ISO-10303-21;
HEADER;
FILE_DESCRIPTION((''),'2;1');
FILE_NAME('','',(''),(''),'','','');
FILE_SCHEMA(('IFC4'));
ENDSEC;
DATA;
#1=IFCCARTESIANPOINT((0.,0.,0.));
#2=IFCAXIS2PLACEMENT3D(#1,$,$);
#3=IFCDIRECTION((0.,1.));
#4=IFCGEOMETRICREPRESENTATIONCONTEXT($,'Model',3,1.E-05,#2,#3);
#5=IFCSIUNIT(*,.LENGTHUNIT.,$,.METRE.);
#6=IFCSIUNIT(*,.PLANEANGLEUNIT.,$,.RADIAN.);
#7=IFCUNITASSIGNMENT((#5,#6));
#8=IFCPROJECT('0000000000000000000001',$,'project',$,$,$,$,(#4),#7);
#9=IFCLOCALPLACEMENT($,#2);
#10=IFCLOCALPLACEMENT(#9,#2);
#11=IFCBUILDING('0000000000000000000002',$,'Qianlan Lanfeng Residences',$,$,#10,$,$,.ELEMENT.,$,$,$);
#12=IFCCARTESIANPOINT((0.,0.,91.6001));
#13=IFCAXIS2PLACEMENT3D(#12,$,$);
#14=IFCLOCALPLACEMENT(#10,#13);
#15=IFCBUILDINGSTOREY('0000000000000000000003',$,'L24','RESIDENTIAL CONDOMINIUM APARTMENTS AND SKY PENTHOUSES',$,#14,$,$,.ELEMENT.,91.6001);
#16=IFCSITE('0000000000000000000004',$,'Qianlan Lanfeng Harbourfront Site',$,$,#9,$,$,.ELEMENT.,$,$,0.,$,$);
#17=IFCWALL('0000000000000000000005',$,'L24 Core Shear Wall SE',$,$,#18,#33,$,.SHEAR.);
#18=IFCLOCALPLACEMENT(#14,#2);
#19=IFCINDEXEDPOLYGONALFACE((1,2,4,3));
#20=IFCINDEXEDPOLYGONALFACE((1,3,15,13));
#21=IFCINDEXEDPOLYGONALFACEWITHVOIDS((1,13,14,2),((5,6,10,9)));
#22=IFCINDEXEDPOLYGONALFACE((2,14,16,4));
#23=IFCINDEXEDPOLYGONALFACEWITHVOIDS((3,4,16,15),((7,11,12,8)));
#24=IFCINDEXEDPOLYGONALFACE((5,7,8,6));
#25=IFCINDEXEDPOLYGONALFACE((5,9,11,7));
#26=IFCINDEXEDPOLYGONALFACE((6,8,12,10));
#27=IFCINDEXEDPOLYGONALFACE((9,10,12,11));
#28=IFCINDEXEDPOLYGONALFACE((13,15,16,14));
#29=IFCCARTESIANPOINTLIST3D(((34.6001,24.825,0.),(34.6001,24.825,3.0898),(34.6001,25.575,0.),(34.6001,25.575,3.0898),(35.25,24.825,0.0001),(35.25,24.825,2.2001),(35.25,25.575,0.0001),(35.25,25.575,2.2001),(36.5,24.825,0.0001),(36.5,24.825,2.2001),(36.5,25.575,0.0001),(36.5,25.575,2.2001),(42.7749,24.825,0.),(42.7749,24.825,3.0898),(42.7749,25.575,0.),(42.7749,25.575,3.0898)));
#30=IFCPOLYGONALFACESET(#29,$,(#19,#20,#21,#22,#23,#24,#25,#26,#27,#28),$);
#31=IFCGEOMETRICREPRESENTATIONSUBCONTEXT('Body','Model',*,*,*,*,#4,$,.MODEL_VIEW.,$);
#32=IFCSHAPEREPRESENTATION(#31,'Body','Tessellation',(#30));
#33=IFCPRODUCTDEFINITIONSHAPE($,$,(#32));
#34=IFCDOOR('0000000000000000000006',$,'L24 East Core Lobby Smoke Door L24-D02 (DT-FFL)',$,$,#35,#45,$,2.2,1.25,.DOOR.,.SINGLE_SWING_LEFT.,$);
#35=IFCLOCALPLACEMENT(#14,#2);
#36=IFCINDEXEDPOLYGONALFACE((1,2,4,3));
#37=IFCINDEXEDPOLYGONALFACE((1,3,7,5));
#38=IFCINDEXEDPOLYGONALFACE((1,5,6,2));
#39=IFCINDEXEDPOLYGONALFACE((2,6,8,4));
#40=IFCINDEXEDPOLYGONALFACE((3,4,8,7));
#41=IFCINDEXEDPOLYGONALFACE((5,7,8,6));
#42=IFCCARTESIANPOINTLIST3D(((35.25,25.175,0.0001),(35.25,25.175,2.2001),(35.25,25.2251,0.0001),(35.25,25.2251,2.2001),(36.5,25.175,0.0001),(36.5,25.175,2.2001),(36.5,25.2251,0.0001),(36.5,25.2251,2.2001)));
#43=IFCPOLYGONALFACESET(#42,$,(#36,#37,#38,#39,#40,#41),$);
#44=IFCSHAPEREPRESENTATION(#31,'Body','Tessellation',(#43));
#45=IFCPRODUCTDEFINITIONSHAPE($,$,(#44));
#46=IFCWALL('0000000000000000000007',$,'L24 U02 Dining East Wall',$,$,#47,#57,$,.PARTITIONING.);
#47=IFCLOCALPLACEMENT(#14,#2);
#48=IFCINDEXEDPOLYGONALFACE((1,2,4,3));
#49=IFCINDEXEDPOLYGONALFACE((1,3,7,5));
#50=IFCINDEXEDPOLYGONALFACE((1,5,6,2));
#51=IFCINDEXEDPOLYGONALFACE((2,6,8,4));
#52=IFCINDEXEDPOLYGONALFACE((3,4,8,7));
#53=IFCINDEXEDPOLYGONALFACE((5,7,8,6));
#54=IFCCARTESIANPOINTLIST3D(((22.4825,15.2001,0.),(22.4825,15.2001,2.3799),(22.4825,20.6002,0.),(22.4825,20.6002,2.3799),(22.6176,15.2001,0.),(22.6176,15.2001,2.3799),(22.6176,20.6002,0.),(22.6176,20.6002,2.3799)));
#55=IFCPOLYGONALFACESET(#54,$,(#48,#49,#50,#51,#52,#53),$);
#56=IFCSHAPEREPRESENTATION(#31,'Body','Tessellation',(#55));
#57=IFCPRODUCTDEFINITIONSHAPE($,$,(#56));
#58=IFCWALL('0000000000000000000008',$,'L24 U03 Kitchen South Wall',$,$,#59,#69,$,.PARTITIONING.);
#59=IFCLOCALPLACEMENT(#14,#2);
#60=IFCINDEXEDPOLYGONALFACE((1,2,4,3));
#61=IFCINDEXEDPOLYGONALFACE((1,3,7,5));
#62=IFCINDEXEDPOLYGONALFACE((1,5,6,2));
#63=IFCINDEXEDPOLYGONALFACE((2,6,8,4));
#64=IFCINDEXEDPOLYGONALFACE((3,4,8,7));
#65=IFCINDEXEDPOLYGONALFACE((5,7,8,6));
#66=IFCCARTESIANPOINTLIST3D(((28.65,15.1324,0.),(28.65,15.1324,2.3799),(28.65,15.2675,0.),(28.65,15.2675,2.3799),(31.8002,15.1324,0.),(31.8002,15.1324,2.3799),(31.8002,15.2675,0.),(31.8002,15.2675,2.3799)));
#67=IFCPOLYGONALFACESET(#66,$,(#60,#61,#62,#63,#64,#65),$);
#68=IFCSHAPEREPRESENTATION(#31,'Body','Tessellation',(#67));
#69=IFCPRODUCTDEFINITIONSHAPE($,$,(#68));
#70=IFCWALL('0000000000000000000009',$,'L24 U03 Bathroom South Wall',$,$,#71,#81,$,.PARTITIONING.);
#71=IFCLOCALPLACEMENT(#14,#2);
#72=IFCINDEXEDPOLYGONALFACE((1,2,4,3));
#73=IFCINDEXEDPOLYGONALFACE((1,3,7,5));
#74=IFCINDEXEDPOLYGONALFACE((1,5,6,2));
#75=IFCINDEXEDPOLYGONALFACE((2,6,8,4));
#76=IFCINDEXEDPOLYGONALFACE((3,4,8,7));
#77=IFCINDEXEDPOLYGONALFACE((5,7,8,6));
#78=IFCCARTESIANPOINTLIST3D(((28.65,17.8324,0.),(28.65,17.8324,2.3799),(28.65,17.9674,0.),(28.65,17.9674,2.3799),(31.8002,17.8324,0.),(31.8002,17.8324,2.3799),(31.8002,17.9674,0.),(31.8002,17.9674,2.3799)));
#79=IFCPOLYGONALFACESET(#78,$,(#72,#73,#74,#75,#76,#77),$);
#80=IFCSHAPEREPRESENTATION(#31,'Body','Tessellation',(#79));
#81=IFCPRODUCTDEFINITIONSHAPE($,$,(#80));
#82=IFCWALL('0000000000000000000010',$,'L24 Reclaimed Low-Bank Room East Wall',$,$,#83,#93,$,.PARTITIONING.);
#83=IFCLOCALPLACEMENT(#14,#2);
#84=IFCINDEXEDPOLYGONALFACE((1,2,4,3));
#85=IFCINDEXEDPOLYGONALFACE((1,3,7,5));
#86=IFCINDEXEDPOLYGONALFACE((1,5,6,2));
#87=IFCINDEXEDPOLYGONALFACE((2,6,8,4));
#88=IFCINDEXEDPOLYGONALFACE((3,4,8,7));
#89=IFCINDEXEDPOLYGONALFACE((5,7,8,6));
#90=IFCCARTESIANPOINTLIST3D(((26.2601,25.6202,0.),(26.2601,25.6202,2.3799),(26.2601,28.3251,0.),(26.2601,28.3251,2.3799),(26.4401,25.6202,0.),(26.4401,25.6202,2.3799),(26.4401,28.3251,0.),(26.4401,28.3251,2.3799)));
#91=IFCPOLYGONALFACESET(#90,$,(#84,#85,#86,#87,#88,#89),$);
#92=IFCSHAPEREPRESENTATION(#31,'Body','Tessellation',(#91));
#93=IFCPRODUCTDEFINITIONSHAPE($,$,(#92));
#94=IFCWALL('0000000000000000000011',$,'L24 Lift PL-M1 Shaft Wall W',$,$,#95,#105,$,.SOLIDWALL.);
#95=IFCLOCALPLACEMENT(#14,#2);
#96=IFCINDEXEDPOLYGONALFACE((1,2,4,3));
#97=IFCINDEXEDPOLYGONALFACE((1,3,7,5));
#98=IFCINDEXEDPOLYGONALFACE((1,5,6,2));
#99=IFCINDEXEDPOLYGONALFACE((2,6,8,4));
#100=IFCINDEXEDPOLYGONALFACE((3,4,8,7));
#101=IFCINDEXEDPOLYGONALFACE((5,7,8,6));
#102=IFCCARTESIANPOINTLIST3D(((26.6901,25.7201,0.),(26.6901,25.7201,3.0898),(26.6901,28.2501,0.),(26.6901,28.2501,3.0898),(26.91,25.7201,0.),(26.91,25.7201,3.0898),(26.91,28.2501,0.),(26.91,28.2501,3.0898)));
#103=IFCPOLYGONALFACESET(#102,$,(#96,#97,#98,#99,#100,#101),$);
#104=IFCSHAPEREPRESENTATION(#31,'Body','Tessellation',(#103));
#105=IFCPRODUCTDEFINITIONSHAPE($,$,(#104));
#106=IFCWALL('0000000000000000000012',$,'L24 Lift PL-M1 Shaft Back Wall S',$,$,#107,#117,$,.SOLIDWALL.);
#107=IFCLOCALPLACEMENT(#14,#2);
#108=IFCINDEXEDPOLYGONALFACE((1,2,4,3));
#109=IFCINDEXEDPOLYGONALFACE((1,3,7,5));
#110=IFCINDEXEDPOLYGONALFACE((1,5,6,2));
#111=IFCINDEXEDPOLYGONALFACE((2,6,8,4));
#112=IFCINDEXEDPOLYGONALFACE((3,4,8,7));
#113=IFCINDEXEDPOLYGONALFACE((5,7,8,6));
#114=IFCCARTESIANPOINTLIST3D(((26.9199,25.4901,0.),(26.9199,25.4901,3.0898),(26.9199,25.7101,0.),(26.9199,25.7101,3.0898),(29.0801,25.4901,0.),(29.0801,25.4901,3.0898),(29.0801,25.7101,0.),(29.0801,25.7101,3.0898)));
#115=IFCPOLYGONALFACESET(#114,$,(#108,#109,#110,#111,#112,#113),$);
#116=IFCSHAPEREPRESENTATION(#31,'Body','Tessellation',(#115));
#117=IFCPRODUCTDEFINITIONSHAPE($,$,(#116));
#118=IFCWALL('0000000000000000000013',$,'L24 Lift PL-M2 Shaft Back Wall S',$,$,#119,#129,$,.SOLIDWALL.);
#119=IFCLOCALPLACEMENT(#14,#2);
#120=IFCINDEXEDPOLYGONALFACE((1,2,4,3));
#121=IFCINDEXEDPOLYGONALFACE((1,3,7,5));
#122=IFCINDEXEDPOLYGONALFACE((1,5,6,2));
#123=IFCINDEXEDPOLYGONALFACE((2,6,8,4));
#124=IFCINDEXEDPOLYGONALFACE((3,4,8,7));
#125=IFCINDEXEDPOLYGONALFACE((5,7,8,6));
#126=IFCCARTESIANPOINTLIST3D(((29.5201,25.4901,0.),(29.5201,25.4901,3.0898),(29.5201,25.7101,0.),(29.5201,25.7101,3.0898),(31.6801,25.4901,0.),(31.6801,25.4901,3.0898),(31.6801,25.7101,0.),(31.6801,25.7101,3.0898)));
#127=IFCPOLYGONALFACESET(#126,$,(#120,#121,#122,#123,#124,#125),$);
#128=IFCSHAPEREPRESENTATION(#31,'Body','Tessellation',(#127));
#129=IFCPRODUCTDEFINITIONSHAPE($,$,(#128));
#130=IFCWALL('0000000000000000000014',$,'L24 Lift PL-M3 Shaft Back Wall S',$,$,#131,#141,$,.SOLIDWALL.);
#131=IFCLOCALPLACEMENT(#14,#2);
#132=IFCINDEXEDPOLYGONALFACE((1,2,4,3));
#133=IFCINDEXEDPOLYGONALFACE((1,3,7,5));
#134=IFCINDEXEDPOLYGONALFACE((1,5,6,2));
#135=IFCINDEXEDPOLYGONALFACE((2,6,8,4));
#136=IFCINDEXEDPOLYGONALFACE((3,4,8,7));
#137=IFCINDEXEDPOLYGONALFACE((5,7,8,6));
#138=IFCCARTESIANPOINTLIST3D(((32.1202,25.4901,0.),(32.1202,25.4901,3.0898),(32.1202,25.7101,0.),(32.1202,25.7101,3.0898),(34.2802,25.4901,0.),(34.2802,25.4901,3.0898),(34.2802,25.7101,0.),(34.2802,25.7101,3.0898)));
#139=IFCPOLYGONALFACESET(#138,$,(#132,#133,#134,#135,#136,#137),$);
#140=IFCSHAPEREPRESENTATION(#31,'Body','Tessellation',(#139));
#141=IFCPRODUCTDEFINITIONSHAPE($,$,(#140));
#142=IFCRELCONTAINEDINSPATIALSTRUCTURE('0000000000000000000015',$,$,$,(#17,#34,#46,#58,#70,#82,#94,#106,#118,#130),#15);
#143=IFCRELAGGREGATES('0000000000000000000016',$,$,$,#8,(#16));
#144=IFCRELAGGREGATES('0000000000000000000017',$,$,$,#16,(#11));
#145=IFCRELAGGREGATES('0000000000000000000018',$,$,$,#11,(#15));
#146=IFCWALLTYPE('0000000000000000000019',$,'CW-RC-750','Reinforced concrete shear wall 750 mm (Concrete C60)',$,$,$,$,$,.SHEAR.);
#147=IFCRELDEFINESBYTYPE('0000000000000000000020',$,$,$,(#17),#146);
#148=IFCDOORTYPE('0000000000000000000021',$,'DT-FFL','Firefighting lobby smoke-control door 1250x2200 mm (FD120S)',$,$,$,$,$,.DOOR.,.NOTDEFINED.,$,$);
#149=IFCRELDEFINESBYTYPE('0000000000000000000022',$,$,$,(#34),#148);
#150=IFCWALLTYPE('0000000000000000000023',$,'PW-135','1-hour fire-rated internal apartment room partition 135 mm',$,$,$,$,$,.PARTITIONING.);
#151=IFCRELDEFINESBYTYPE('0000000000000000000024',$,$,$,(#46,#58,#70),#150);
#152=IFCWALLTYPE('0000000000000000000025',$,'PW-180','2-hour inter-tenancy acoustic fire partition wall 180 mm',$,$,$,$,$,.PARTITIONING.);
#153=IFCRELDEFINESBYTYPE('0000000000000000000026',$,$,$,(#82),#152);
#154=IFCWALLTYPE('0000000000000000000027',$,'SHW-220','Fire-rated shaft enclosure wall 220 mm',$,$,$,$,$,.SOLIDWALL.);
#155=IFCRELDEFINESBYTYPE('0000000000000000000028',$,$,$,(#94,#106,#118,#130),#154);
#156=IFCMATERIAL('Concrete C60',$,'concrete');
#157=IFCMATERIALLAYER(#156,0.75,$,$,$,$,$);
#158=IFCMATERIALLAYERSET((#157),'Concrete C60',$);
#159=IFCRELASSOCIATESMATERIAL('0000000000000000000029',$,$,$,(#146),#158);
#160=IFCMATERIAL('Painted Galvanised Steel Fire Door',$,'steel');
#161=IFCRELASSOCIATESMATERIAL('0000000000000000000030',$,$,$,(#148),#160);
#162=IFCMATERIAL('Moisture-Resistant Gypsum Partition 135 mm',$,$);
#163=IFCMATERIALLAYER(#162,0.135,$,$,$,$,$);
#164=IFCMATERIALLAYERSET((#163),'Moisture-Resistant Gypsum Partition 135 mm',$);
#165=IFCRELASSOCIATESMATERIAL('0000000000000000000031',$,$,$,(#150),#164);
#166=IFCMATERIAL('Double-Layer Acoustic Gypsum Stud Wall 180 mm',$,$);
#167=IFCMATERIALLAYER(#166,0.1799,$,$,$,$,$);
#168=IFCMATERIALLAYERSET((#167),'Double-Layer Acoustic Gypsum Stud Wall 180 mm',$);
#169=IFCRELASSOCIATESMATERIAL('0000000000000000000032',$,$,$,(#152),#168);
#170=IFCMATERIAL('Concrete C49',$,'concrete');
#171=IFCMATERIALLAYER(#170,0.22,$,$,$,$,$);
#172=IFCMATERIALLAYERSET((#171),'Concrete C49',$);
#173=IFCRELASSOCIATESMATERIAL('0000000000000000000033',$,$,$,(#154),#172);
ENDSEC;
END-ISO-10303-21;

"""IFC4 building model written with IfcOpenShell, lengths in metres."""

from ifc_helpers import new_model, si_unit, direction, frame, frame_2d, origin, place, context, subcontext, project, spatial, rectangle, extrude, material, layer, layer_set, type_object, element, fill, save


model = new_model("IFC4")

# Units and contexts
model_context = context("Model", 3, precision=1e-05, world=origin(), true_north=direction((0.0, 1.0)))
body_context = subcontext(model_context, "Body", "Model", "MODEL_VIEW")
ifc_project = project(units=[si_unit("LENGTHUNIT", "METRE"), si_unit("PLANEANGLEUNIT", "RADIAN")], contexts=[model_context])

# Site, building, storey
site_placement = place(None, origin())
site = spatial("IfcSite", under=ifc_project, at=site_placement, Name="Qianlan Lanfeng Harbourfront Site", CompositionType="ELEMENT", RefElevation=0.0)
building_placement = place(site_placement, origin())
building = spatial("IfcBuilding", under=site, at=building_placement, Name="Qianlan Lanfeng Residences", CompositionType="ELEMENT")
storey_placement = place(building_placement, frame((0.0, 0.0, 91.6001)))
storey = spatial("IfcBuildingStorey", under=building, at=storey_placement, Name="L24", Description="RESIDENTIAL CONDOMINIUM APARTMENTS AND SKY PENTHOUSES", CompositionType="ELEMENT", Elevation=91.6001)

# Wall, opening, door
ifc_material_1 = material(Name="Concrete C60", Category="concrete")
ifc_layer_1 = layer(ifc_material_1, 0.75)
ifc_layer_set_1 = layer_set([ifc_layer_1], Name="Concrete C60")
wall_type_1 = type_object("IfcWallType", Name="CW-RC-750", Description="Reinforced concrete shear wall 750 mm (Concrete C60)", PredefinedType="SHEAR", material=ifc_layer_set_1)
wall_1_placement = place(storey_placement, frame((34.6001, 25.2, 0.0), z_axis=(0.0, 0.0, 1.0), x_axis=(1.0, 0.0, 0.0)))
wall_1 = element("IfcWall", 1, at=wall_1_placement, inside=storey, type_object=wall_type_1, Name="L24 Core Shear Wall SE", PredefinedType="SHEAR", context=body_context, shape_type="SweptSolid", body=[
    extrude(rectangle(XDim=8.1748, YDim=0.75, at=frame_2d((4.0874, 0.0))), origin(), (0.0, 0.0, 1.0), 3.0898),
])
opening_1_placement = place(wall_1_placement, frame((0.6499, 0.0, 0.0)))
opening_1 = element("IfcOpeningElement", 2, at=opening_1_placement, cuts=wall_1, PredefinedType="OPENING", context=body_context, shape_type="SweptSolid", body=[
    extrude(rectangle(XDim=1.25, YDim=2.2, at=frame_2d((0.625, 1.1001))), frame((0.0, 0.385, 0.0), z_axis=(0.0, -1.0, 0.0), x_axis=(1.0, 0.0, 0.0)), (0.0, 0.0, 1.0), 0.77),
])
ifc_material_2 = material(Name="Painted Galvanised Steel Fire Door", Category="steel")
door_type_1 = type_object("IfcDoorType", Name="DT-FFL", Description="Firefighting lobby smoke-control door 1250x2200 mm (FD120S)", OperationType="NOTDEFINED", PredefinedType="DOOR", material=ifc_material_2)
door_1_placement = place(opening_1_placement, frame((1.25, 0.0, 0.0), z_axis=(0.0, 0.0, 1.0), x_axis=(-1.0, 0.0, 0.0)))
door_1 = element("IfcDoor", 3, at=door_1_placement, inside=storey, type_object=door_type_1, Name="L24 East Core Lobby Smoke Door L24-D02 (DT-FFL)", OperationType="SINGLE_SWING_LEFT", OverallHeight=2.2, OverallWidth=1.25, PredefinedType="DOOR", context=body_context, shape_type="SweptSolid", body=[
    extrude(rectangle(XDim=1.25, YDim=2.2, at=frame_2d((0.625, 1.1001))), frame((0.0, 0.0249, 0.0), z_axis=(0.0, -1.0, 0.0), x_axis=(1.0, 0.0, 0.0)), (0.0, 0.0, 1.0), 0.05),
])
fill(opening_1, door_1)

# Walls
ifc_material_3 = material(Name="Moisture-Resistant Gypsum Partition 135 mm")
ifc_layer_2 = layer(ifc_material_3, 0.135)
ifc_layer_set_2 = layer_set([ifc_layer_2], Name="Moisture-Resistant Gypsum Partition 135 mm")
wall_type_2 = type_object("IfcWallType", Name="PW-135", Description="1-hour fire-rated internal apartment room partition 135 mm", PredefinedType="PARTITIONING", material=ifc_layer_set_2)
wall_2_placement = place(storey_placement, frame((22.55, 15.2, 0.0), z_axis=(0.0, 0.0, 1.0), x_axis=(0.0, 1.0, 0.0)))
element("IfcWall", 4, at=wall_2_placement, inside=storey, type_object=wall_type_2, Name="L24 U02 Dining East Wall", PredefinedType="PARTITIONING", context=body_context, shape_type="SweptSolid", body=[
    extrude(rectangle(XDim=5.4001, YDim=0.135, at=frame_2d((2.7002, 0.0))), origin(), (0.0, 0.0, 1.0), 2.3799),
])
for number, where, z_axis, x_axis, name in (
    (5, (28.6499, 15.2, 0.0), (0.0, 0.0, 1.0), (1.0, 0.0, 0.0), "L24 U03 Kitchen South Wall"),
    (6, (28.6499, 17.8999, 0.0), (0.0, 0.0, 1.0), (1.0, 0.0, 0.0), "L24 U03 Bathroom South Wall"),
):
    element("IfcWall", number, at=place(storey_placement, frame(where, z_axis=z_axis, x_axis=x_axis)), inside=storey, type_object=wall_type_2, Name=name, PredefinedType="PARTITIONING", context=body_context, shape_type="SweptSolid", body=[
        extrude(rectangle(XDim=3.1501, YDim=0.135, at=frame_2d((1.5752, 0.0))), origin(), (0.0, 0.0, 1.0), 2.3799),
    ])

# Shared definitions
ifc_material_4 = material(Name="Double-Layer Acoustic Gypsum Stud Wall 180 mm")
ifc_layer_3 = layer(ifc_material_4, 0.1799)
ifc_layer_set_3 = layer_set([ifc_layer_3], Name="Double-Layer Acoustic Gypsum Stud Wall 180 mm")
wall_type_3 = type_object("IfcWallType", Name="PW-180", Description="2-hour inter-tenancy acoustic fire partition wall 180 mm", PredefinedType="PARTITIONING", material=ifc_layer_set_3)

# Walls
wall_3_placement = place(storey_placement, frame((26.3501, 25.6201, 0.0), z_axis=(0.0, 0.0, 1.0), x_axis=(0.0, 1.0, 0.0)))
element("IfcWall", 7, at=wall_3_placement, inside=storey, type_object=wall_type_3, Name="L24 Reclaimed Low-Bank Room East Wall", PredefinedType="PARTITIONING", context=body_context, shape_type="SweptSolid", body=[
    extrude(rectangle(XDim=2.7048, YDim=0.1799, at=frame_2d((1.3525, 0.0))), origin(), (0.0, 0.0, 1.0), 2.3799),
])
ifc_material_5 = material(Name="Concrete C49", Category="concrete")
ifc_layer_4 = layer(ifc_material_5, 0.22)
ifc_layer_set_4 = layer_set([ifc_layer_4], Name="Concrete C49")
wall_type_4 = type_object("IfcWallType", Name="SHW-220", Description="Fire-rated shaft enclosure wall 220 mm", PredefinedType="SOLIDWALL", material=ifc_layer_set_4)
wall_4_placement = place(storey_placement, frame((26.8, 25.72, 0.0), z_axis=(0.0, 0.0, 1.0), x_axis=(0.0, 1.0, 0.0)))
element("IfcWall", 8, at=wall_4_placement, inside=storey, type_object=wall_type_4, Name="L24 Lift PL-M1 Shaft Wall W", PredefinedType="SOLIDWALL", context=body_context, shape_type="SweptSolid", body=[
    extrude(rectangle(XDim=2.53, YDim=0.22, at=frame_2d((1.2651, 0.0))), origin(), (0.0, 0.0, 1.0), 3.0898),
])
wall_5_placement = place(storey_placement, frame((26.9199, 25.6001, 0.0), z_axis=(0.0, 0.0, 1.0), x_axis=(1.0, 0.0, 0.0)))
element("IfcWall", 9, at=wall_5_placement, inside=storey, type_object=wall_type_4, Name="L24 Lift PL-M1 Shaft Back Wall S", PredefinedType="SOLIDWALL", context=body_context, shape_type="SweptSolid", body=[
    extrude(rectangle(XDim=2.1602, YDim=0.22, at=frame_2d((1.0801, 0.0))), origin(), (0.0, 0.0, 1.0), 3.0898),
])
for number, where, z_axis, x_axis, name in (
    (10, (29.52, 25.6001, 0.0), (0.0, 0.0, 1.0), (1.0, 0.0, 0.0), "L24 Lift PL-M2 Shaft Back Wall S"),
    (11, (32.1201, 25.6001, 0.0), (0.0, 0.0, 1.0), (1.0, 0.0, 0.0), "L24 Lift PL-M3 Shaft Back Wall S"),
):
    element("IfcWall", number, at=place(storey_placement, frame(where, z_axis=z_axis, x_axis=x_axis)), inside=storey, type_object=wall_type_4, Name=name, PredefinedType="SOLIDWALL", context=body_context, shape_type="SweptSolid", body=[
        extrude(rectangle(XDim=2.1599, YDim=0.22, at=frame_2d((1.0801, 0.0))), origin(), (0.0, 0.0, 1.0), 3.0898),
    ])

save(model, "model.ifc")
